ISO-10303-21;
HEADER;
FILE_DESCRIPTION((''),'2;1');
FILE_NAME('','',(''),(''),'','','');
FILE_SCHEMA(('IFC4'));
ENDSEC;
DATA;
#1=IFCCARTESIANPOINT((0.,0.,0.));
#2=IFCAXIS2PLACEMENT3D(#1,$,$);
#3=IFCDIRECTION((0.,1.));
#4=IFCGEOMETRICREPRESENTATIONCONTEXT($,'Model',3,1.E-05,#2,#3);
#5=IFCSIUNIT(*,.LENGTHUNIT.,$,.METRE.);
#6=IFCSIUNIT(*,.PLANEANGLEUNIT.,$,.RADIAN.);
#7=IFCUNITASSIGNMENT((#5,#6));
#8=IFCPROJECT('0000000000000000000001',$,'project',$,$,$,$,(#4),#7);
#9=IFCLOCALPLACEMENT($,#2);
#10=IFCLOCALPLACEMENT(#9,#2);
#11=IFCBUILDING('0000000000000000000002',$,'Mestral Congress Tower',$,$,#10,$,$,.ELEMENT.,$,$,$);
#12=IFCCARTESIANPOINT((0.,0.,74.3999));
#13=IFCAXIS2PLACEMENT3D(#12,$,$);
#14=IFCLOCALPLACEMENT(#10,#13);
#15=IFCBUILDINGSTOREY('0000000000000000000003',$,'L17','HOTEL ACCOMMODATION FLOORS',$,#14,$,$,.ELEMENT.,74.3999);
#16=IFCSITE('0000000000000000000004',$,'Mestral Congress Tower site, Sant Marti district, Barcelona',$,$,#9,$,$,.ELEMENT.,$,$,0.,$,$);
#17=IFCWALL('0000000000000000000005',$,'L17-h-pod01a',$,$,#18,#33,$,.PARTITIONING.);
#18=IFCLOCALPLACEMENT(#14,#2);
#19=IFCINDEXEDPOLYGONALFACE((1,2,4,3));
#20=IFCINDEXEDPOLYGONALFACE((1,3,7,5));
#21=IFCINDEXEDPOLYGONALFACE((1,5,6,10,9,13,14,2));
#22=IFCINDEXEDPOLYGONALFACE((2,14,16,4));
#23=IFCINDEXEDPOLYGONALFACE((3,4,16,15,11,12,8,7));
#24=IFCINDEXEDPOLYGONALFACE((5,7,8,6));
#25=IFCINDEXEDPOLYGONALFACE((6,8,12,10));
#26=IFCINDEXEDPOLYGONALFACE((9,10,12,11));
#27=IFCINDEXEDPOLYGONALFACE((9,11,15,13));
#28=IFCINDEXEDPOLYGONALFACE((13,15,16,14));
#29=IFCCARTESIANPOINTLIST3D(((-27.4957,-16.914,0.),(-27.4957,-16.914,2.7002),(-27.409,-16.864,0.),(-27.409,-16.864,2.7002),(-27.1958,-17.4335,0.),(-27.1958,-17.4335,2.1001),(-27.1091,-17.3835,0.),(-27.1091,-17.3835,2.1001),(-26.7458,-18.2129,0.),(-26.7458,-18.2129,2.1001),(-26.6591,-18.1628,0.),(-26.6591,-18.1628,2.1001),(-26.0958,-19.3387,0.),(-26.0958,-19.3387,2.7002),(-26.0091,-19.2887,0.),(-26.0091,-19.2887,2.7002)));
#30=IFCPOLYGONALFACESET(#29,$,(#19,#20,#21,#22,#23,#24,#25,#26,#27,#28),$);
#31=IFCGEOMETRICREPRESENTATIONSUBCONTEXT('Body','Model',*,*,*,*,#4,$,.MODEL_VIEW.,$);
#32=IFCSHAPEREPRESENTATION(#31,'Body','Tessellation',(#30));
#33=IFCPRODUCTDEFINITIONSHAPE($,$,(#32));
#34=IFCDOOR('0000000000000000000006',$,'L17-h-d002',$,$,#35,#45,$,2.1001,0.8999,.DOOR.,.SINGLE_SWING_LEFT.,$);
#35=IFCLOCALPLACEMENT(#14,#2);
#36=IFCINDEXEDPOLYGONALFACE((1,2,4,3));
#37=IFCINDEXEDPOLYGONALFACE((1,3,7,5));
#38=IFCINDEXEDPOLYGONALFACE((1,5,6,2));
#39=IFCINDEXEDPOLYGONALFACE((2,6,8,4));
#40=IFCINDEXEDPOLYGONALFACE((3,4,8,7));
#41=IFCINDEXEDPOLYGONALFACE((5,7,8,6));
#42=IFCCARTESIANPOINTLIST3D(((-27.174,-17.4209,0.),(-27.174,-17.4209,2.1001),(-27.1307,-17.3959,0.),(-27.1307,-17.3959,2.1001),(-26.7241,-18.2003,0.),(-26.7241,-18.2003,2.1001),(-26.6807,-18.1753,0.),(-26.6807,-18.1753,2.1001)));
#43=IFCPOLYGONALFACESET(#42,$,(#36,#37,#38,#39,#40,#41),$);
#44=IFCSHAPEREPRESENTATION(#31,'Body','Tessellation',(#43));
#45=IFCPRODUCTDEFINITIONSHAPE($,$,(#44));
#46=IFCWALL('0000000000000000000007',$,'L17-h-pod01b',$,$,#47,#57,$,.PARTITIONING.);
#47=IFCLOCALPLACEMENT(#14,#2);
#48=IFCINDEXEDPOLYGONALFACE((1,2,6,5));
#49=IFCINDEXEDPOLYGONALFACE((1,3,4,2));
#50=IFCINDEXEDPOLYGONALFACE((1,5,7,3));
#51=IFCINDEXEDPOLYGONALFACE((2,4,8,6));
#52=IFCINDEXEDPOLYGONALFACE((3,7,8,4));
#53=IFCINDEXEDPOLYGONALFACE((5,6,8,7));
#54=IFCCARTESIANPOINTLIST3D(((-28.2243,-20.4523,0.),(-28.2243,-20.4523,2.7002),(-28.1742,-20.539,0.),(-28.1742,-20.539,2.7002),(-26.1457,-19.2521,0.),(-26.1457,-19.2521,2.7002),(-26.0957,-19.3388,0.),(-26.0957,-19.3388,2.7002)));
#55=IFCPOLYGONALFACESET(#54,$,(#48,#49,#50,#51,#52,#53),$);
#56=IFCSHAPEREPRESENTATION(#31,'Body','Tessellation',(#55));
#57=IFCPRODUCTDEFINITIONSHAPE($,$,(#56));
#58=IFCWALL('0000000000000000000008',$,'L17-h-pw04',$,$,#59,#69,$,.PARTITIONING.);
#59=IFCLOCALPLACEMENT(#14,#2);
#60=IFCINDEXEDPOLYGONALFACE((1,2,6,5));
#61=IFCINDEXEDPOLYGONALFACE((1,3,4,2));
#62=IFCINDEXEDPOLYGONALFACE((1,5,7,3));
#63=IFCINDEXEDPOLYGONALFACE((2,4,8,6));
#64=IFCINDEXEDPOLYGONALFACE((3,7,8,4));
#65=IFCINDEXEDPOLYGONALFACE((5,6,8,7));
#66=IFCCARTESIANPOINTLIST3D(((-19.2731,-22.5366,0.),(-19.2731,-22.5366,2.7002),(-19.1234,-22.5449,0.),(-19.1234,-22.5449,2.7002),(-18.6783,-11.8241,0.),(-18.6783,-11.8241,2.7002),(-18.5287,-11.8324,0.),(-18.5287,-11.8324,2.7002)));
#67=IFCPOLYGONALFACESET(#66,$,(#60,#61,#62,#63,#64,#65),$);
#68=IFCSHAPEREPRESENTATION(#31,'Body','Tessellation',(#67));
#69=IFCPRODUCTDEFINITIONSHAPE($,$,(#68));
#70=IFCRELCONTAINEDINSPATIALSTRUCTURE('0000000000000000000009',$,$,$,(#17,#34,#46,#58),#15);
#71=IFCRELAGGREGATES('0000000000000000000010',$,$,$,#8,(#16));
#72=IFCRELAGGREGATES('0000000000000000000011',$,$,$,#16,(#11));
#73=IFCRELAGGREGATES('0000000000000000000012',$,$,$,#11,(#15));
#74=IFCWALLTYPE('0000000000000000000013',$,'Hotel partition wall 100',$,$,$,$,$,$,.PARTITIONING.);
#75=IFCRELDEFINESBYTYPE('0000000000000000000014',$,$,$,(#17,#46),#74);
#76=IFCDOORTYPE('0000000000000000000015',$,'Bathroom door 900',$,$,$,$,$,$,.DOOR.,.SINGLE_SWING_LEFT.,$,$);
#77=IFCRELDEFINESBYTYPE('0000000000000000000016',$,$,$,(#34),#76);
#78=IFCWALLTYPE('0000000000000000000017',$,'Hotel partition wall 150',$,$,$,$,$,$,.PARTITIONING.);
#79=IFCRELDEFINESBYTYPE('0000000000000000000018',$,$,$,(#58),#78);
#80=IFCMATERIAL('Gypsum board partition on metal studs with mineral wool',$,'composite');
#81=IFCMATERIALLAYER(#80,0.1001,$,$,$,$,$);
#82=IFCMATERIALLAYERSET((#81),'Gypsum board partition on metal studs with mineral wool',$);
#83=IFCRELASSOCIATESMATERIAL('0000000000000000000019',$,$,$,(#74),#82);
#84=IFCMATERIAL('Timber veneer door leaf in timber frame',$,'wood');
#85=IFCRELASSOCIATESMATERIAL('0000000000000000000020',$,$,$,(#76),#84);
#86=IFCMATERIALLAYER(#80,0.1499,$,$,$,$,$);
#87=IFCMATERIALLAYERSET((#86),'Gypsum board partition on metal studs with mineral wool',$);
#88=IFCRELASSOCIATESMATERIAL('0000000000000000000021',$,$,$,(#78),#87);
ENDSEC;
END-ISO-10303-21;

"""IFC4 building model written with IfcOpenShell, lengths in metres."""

from ifc_helpers import new_model, si_unit, direction, frame, frame_2d, origin, place, context, subcontext, project, spatial, rectangle, extrude, material, layer, layer_set, type_object, element, fill, save


model = new_model("IFC4")

# Units and contexts
model_context = context("Model", 3, precision=1e-05, world=origin(), true_north=direction((0.0, 1.0)))
body_context = subcontext(model_context, "Body", "Model", "MODEL_VIEW")
ifc_project = project(units=[si_unit("LENGTHUNIT", "METRE"), si_unit("PLANEANGLEUNIT", "RADIAN")], contexts=[model_context])

# Site, building, storey
site_placement = place(None, origin())
site = spatial("IfcSite", under=ifc_project, at=site_placement, Name="Mestral Congress Tower site, Sant Marti district, Barcelona", CompositionType="ELEMENT", RefElevation=0.0)
building_placement = place(site_placement, origin())
building = spatial("IfcBuilding", under=site, at=building_placement, Name="Mestral Congress Tower", CompositionType="ELEMENT")
storey_placement = place(building_placement, frame((0.0, 0.0, 74.3999)))
storey = spatial("IfcBuildingStorey", under=building, at=storey_placement, Name="L17", Description="HOTEL ACCOMMODATION FLOORS", CompositionType="ELEMENT", Elevation=74.3999)

# Wall, opening, door
ifc_material_1 = material(Name="Gypsum board partition on metal studs with mineral wool", Category="composite")
ifc_layer_1 = layer(ifc_material_1, 0.1001)
ifc_layer_set_1 = layer_set([ifc_layer_1], Name="Gypsum board partition on metal studs with mineral wool")
wall_type_1 = type_object("IfcWallType", Name="Hotel partition wall 100", PredefinedType="PARTITIONING", material=ifc_layer_set_1)
wall_1_placement = place(storey_placement, frame((-26.0525, -19.3137, 0.0), z_axis=(0.0, 0.0, 1.0), x_axis=(-0.499984, 0.866035, 0.0)))
wall_1 = element("IfcWall", 1, at=wall_1_placement, inside=storey, type_object=wall_type_1, Name="L17-h-pod01a", PredefinedType="PARTITIONING", context=body_context, shape_type="SweptSolid", body=[
    extrude(rectangle(XDim=2.7998, YDim=0.1001, at=frame_2d((1.3999, 0.0))), origin(), (0.0, 0.0, 1.0), 2.7002),
])
opening_1_placement = place(wall_1_placement, frame((1.3, 0.0, 0.0)))
opening_1 = element("IfcOpeningElement", 2, at=opening_1_placement, cuts=wall_1, PredefinedType="OPENING", context=body_context, shape_type="SweptSolid", body=[
    extrude(rectangle(XDim=0.8999, YDim=2.1001, at=frame_2d((0.45, 1.05))), frame((0.0, 0.0601, 0.0), z_axis=(0.0, -1.0, 0.0), x_axis=(1.0, 0.0, 0.0)), (0.0, 0.0, 1.0), 0.1201),
])
ifc_material_2 = material(Name="Timber veneer door leaf in timber frame", Category="wood")
door_type = type_object("IfcDoorType", Name="Bathroom door 900", OperationType="SINGLE_SWING_LEFT", PredefinedType="DOOR", material=ifc_material_2)
door_placement = place(opening_1_placement, origin())
door = element("IfcDoor", 3, at=door_placement, inside=storey, type_object=door_type, Name="L17-h-d002", OperationType="SINGLE_SWING_LEFT", OverallHeight=2.1001, OverallWidth=0.8999, PredefinedType="DOOR", context=body_context, shape_type="SweptSolid", body=[
    extrude(rectangle(XDim=0.8999, YDim=2.1001, at=frame_2d((0.45, 1.05))), frame((0.0, 0.0249, 0.0), z_axis=(0.0, -1.0, 0.0), x_axis=(1.0, 0.0, 0.0)), (0.0, 0.0, 1.0), 0.05),
])
fill(opening_1, door)

# Walls
wall_2_placement = place(storey_placement, frame((-26.1206, -19.2954, 0.0), z_axis=(0.0, 0.0, 1.0), x_axis=(-0.866006, -0.500034, 0.0)))
element("IfcWall", 4, at=wall_2_placement, inside=storey, type_object=wall_type_1, Name="L17-h-pod01b", PredefinedType="PARTITIONING", context=body_context, shape_type="SweptSolid", body=[
    extrude(rectangle(XDim=2.4001, YDim=0.1001, at=frame_2d((1.2002, 0.0))), origin(), (0.0, 0.0, 1.0), 2.7002),
])
ifc_layer_2 = layer(ifc_material_1, 0.1499)
ifc_layer_set_2 = layer_set([ifc_layer_2], Name="Gypsum board partition on metal studs with mineral wool")
wall_type_2 = type_object("IfcWallType", Name="Hotel partition wall 150", PredefinedType="PARTITIONING", material=ifc_layer_set_2)
wall_3_placement = place(storey_placement, frame((-19.1982, -22.5408, 0.0), z_axis=(0.0, 0.0, 1.0), x_axis=(0.055432, 0.998462, 0.0)))
element("IfcWall", 5, at=wall_3_placement, inside=storey, type_object=wall_type_2, Name="L17-h-pw04", PredefinedType="PARTITIONING", context=body_context, shape_type="SweptSolid", body=[
    extrude(rectangle(XDim=10.729, YDim=0.1499, at=frame_2d((5.3645, 0.0))), origin(), (0.0, 0.0, 1.0), 2.7002),
])

save(model, "model.ifc")
